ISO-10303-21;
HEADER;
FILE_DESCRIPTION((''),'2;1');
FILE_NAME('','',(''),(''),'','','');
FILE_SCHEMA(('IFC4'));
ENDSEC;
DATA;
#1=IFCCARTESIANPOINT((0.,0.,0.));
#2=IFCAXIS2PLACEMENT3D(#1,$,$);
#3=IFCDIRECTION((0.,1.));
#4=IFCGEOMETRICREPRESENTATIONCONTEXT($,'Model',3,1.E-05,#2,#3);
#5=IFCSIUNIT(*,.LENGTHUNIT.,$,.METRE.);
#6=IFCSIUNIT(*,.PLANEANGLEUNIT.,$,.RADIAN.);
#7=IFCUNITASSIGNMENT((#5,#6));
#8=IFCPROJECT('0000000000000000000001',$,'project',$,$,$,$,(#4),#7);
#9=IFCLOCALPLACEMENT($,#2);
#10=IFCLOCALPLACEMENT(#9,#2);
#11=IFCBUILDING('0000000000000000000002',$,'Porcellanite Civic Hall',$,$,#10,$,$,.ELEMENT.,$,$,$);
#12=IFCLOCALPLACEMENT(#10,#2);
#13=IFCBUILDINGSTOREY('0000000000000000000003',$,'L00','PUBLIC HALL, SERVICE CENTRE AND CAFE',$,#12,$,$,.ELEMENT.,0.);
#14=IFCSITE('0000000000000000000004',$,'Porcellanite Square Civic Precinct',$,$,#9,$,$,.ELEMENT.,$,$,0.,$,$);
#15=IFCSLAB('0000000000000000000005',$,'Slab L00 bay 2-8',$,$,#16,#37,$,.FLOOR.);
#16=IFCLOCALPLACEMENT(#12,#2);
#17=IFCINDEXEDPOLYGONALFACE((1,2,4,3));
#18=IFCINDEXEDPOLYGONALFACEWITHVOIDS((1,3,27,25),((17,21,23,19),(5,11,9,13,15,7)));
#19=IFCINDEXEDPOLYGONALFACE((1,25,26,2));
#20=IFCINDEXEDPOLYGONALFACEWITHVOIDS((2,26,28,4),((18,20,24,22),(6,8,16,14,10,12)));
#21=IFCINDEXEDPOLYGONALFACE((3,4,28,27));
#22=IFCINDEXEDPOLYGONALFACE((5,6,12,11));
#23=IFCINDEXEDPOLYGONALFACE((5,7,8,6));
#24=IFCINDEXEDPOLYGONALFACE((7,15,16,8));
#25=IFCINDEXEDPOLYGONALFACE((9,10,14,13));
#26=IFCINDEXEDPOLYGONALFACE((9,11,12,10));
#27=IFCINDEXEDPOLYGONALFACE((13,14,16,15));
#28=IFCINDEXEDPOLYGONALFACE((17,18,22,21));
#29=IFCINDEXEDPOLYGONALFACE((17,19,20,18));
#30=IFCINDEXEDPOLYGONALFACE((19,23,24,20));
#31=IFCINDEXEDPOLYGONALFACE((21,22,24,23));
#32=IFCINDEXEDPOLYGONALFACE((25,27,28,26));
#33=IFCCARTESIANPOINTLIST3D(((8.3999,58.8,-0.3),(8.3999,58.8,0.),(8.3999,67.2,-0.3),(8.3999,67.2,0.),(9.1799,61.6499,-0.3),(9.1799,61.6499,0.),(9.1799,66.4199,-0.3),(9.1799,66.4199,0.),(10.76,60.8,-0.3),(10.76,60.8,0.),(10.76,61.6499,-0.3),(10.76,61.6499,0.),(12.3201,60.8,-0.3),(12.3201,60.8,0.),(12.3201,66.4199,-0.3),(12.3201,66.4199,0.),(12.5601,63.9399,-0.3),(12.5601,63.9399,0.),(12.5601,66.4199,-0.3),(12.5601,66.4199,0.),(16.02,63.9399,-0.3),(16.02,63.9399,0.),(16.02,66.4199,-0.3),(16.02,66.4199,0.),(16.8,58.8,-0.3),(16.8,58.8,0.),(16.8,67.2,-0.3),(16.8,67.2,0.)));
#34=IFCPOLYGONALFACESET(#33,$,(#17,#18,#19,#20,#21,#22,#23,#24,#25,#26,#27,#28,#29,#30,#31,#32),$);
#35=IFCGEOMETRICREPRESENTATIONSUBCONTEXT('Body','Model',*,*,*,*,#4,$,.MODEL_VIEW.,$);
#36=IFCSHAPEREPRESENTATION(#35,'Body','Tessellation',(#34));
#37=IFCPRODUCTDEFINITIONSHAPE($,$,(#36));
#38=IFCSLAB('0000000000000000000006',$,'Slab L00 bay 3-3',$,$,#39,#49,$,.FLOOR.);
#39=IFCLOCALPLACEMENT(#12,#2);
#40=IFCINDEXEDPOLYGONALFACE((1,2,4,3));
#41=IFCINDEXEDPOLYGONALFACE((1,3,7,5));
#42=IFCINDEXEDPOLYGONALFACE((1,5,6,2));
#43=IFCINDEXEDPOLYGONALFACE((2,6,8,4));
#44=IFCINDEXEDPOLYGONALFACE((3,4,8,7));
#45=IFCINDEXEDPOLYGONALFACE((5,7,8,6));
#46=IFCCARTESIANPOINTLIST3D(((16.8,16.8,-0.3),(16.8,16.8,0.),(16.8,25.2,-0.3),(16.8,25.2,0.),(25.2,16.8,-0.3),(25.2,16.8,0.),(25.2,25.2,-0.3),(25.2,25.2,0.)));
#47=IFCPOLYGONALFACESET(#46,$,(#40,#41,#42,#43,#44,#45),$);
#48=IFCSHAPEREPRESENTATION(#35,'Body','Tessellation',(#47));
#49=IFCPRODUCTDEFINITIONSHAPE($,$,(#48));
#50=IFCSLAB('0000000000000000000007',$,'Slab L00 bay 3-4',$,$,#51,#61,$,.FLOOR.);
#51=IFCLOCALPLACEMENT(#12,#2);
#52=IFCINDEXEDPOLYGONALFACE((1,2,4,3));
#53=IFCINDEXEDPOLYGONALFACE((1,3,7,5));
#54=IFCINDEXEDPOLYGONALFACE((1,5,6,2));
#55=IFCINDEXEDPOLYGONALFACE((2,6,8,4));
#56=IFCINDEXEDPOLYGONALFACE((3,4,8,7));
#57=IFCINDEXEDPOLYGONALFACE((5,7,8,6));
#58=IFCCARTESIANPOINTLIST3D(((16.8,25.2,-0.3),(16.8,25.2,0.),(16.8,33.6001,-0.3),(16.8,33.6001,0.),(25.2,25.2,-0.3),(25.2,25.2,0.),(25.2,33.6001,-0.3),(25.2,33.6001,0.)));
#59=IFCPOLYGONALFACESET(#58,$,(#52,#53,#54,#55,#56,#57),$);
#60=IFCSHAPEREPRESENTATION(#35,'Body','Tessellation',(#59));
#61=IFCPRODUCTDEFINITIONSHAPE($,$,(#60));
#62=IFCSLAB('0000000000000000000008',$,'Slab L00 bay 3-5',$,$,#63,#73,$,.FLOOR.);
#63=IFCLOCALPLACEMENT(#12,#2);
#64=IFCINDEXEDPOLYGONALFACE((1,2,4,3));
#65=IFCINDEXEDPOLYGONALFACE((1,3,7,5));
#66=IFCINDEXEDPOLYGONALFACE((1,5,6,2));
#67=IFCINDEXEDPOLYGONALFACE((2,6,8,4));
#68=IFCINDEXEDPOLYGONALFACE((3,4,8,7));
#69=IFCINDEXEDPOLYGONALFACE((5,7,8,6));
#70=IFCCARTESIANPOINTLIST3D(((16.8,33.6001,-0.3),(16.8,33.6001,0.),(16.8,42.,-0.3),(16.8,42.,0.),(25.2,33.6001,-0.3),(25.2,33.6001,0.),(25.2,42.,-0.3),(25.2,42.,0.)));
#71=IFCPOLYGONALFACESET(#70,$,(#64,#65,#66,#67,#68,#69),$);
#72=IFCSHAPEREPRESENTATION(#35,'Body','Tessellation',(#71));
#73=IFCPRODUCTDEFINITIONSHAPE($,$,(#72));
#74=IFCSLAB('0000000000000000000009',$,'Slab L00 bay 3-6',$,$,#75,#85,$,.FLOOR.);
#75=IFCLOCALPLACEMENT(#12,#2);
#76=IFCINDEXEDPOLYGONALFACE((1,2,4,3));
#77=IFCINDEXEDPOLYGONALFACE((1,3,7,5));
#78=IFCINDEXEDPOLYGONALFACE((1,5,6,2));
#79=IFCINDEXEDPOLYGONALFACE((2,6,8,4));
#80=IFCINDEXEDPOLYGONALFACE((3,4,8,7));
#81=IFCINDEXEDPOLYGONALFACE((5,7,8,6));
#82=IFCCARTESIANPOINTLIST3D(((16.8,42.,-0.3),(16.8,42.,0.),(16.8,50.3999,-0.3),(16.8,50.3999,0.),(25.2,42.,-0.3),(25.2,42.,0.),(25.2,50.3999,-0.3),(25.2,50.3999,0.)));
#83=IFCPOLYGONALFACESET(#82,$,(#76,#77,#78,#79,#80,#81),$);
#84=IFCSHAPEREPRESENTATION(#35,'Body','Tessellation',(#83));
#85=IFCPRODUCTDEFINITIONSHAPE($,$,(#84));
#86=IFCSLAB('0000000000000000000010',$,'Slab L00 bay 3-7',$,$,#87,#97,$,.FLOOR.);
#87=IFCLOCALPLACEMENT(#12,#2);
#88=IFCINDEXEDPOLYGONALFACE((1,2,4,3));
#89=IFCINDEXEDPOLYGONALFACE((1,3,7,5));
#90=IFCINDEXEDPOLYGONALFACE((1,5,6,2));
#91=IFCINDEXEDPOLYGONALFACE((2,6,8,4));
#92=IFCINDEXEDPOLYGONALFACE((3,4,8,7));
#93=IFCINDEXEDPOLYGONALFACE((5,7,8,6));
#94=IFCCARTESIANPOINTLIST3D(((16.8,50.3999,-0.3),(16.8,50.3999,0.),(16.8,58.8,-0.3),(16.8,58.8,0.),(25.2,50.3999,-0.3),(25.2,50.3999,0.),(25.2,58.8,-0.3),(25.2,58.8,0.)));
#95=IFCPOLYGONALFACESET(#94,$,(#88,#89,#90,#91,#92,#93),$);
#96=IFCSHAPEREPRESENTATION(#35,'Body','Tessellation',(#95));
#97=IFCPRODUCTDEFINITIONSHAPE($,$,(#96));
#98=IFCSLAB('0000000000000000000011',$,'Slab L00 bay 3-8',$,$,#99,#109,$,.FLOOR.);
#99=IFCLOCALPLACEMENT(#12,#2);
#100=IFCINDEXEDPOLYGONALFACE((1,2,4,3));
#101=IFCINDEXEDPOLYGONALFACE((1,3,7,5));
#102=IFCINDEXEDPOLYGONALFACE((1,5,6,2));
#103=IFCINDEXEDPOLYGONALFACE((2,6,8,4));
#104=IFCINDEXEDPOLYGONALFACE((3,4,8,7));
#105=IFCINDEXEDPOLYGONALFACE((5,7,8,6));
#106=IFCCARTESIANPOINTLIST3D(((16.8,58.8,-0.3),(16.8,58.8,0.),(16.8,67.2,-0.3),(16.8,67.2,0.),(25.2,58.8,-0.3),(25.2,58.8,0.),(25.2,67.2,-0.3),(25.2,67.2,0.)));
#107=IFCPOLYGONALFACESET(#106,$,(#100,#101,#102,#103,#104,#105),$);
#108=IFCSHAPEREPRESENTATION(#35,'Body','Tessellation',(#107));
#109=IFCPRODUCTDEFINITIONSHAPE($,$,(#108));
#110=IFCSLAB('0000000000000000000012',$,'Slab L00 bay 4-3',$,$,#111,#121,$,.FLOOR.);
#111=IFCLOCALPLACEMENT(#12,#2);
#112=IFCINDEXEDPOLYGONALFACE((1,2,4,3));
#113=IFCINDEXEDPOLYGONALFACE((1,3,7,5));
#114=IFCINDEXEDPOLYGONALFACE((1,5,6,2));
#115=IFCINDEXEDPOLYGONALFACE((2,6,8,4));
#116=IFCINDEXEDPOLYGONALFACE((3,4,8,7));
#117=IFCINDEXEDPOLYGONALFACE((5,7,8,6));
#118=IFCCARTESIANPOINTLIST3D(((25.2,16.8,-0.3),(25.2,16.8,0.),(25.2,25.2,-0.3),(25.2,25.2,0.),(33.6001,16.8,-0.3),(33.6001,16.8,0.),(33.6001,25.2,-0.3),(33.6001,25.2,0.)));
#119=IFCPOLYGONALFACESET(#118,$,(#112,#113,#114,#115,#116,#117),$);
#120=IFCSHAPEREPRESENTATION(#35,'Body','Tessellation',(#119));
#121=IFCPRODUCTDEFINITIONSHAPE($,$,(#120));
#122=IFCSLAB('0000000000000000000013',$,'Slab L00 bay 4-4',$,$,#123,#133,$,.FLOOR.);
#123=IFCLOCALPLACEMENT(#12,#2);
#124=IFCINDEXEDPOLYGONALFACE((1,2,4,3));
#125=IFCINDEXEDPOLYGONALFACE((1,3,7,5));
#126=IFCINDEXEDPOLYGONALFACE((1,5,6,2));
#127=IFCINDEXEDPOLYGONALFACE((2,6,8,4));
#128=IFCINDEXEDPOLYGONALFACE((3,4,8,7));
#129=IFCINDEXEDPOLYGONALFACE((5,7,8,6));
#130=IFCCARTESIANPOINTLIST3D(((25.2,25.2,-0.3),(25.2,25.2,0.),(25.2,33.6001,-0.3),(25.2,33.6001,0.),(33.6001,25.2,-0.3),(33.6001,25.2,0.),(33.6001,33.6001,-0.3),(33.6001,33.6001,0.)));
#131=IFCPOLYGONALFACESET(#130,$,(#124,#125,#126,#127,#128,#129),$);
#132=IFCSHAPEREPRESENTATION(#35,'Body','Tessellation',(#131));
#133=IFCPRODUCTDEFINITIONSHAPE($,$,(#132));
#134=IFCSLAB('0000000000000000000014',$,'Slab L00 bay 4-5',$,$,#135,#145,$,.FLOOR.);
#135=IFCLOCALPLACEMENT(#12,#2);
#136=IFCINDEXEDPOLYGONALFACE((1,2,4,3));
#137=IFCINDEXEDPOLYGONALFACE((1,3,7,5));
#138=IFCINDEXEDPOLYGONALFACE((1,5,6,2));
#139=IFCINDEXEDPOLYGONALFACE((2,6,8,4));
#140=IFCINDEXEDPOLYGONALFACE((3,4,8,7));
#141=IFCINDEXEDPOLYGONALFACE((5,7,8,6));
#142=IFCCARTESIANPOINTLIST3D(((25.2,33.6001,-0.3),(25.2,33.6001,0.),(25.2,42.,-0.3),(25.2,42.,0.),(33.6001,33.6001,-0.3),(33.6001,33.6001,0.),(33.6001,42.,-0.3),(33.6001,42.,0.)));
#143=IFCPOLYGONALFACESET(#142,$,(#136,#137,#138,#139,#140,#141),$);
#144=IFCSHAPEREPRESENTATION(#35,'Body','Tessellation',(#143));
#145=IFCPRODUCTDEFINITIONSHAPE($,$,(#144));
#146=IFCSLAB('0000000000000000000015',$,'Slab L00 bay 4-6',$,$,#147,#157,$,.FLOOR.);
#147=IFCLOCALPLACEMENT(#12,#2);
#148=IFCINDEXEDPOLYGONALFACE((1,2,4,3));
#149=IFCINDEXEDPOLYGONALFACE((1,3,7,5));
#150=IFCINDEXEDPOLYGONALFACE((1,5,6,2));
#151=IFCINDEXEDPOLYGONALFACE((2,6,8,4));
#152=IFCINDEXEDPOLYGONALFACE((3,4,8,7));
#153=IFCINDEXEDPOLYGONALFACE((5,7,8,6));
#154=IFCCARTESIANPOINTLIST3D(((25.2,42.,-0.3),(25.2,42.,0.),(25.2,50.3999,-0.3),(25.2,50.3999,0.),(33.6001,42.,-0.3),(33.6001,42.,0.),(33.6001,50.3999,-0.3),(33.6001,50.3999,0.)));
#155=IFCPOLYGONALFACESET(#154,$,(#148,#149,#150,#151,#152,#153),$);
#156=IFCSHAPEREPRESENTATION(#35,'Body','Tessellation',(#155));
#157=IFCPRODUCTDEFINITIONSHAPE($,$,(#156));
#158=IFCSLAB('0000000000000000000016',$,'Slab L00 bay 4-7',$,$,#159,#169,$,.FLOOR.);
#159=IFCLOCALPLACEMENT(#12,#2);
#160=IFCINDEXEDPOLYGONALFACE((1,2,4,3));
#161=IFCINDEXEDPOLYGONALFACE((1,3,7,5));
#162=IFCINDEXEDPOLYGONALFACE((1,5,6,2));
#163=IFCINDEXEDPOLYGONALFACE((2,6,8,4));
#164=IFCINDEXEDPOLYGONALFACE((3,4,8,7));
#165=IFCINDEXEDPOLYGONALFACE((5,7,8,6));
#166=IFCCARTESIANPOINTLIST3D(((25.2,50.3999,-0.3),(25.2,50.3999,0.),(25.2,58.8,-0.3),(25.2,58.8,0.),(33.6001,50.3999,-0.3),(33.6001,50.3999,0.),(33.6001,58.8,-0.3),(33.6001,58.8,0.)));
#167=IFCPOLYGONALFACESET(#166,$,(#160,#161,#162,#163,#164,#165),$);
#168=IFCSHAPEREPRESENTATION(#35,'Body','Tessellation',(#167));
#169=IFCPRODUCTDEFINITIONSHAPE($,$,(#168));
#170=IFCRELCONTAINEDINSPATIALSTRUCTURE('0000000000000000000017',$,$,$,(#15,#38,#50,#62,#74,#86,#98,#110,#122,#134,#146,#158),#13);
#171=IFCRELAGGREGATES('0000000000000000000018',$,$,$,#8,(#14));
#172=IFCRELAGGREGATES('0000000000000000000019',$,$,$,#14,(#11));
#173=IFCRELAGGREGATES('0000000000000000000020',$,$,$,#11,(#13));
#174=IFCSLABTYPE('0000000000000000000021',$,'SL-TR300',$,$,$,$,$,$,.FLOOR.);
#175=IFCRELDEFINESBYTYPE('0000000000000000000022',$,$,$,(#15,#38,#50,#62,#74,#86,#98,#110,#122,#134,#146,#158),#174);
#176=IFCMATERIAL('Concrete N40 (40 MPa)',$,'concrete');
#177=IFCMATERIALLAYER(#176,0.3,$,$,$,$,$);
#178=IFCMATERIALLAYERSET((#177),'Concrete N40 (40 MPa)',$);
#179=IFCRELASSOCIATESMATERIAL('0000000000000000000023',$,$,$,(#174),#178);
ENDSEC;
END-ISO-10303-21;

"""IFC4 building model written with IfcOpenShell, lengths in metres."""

from ifc_helpers import new_model, si_unit, direction, frame, origin, place, context, subcontext, project, spatial, polyline, outline, extrude, material, layer, layer_set, type_object, element, save


model = new_model("IFC4")

# Units and contexts
model_context = context("Model", 3, precision=1e-05, world=origin(), true_north=direction((0.0, 1.0)))
body_context = subcontext(model_context, "Body", "Model", "MODEL_VIEW")
ifc_project = project(units=[si_unit("LENGTHUNIT", "METRE"), si_unit("PLANEANGLEUNIT", "RADIAN")], contexts=[model_context])

# Site, building, storey
site_placement = place(None, origin())
site = spatial("IfcSite", under=ifc_project, at=site_placement, Name="Porcellanite Square Civic Precinct", CompositionType="ELEMENT", RefElevation=0.0)
building_placement = place(site_placement, origin())
building = spatial("IfcBuilding", under=site, at=building_placement, Name="Porcellanite Civic Hall", CompositionType="ELEMENT")
storey_placement = place(building_placement, origin())
storey = spatial("IfcBuildingStorey", under=building, at=storey_placement, Name="L00", Description="PUBLIC HALL, SERVICE CENTRE AND CAFE", CompositionType="ELEMENT", Elevation=0.0)

# Slabs
ifc_material_1 = material(Name="Concrete N40 (40 MPa)", Category="concrete")
ifc_layer_1 = layer(ifc_material_1, 0.3)
ifc_layer_set_1 = layer_set([ifc_layer_1], Name="Concrete N40 (40 MPa)")
slab_type_1 = type_object("IfcSlabType", Name="SL-TR300", PredefinedType="FLOOR", material=ifc_layer_set_1)
slab_1_placement = place(storey_placement, frame((0.0, 0.0, -0.3)))
element("IfcSlab", 1, at=slab_1_placement, inside=storey, type_object=slab_type_1, Name="Slab L00 bay 2-8", PredefinedType="FLOOR", context=body_context, shape_type="SweptSolid", body=[
    extrude(outline(polyline([(8.3999, 58.8), (16.8, 58.8), (16.8, 67.2), (8.3999, 67.2), (8.3999, 58.8)]), holes=[polyline([(9.1799, 61.6499), (10.76, 61.6499), (10.76, 60.8), (12.3201, 60.8), (12.3201, 66.4199), (9.1799, 66.4199), (9.1799, 61.6499)]), polyline([(12.5601, 63.9399), (16.02, 63.9399), (16.02, 66.4199), (12.5601, 66.4199), (12.5601, 63.9399)])]), origin(), (0.0, 0.0, 1.0), 0.3),
])
slab_2_placement = place(storey_placement, frame((0.0, 0.0, -0.3)))
element("IfcSlab", 2, at=slab_2_placement, inside=storey, type_object=slab_type_1, Name="Slab L00 bay 3-3", PredefinedType="FLOOR", context=body_context, shape_type="SweptSolid", body=[
    extrude(outline(polyline([(16.8, 16.8), (25.2, 16.8), (25.2, 25.2), (16.8, 25.2), (16.8, 16.8)])), origin(), (0.0, 0.0, 1.0), 0.3),
])
slab_3_placement = place(storey_placement, frame((0.0, 0.0, -0.3)))
element("IfcSlab", 3, at=slab_3_placement, inside=storey, type_object=slab_type_1, Name="Slab L00 bay 3-4", PredefinedType="FLOOR", context=body_context, shape_type="SweptSolid", body=[
    extrude(outline(polyline([(16.8, 25.2), (25.2, 25.2), (25.2, 33.6001), (16.8, 33.6001), (16.8, 25.2)])), origin(), (0.0, 0.0, 1.0), 0.3),
])
slab_4_placement = place(storey_placement, frame((0.0, 0.0, -0.3)))
element("IfcSlab", 4, at=slab_4_placement, inside=storey, type_object=slab_type_1, Name="Slab L00 bay 3-5", PredefinedType="FLOOR", context=body_context, shape_type="SweptSolid", body=[
    extrude(outline(polyline([(16.8, 33.6001), (25.2, 33.6001), (25.2, 42.0), (16.8, 42.0), (16.8, 33.6001)])), origin(), (0.0, 0.0, 1.0), 0.3),
])
slab_5_placement = place(storey_placement, frame((0.0, 0.0, -0.3)))
element("IfcSlab", 5, at=slab_5_placement, inside=storey, type_object=slab_type_1, Name="Slab L00 bay 3-6", PredefinedType="FLOOR", context=body_context, shape_type="SweptSolid", body=[
    extrude(outline(polyline([(16.8, 42.0), (25.2, 42.0), (25.2, 50.3999), (16.8, 50.3999), (16.8, 42.0)])), origin(), (0.0, 0.0, 1.0), 0.3),
])
slab_6_placement = place(storey_placement, frame((0.0, 0.0, -0.3)))
element("IfcSlab", 6, at=slab_6_placement, inside=storey, type_object=slab_type_1, Name="Slab L00 bay 3-7", PredefinedType="FLOOR", context=body_context, shape_type="SweptSolid", body=[
    extrude(outline(polyline([(16.8, 50.3999), (25.2, 50.3999), (25.2, 58.8), (16.8, 58.8), (16.8, 50.3999)])), origin(), (0.0, 0.0, 1.0), 0.3),
])
slab_7_placement = place(storey_placement, frame((0.0, 0.0, -0.3)))
element("IfcSlab", 7, at=slab_7_placement, inside=storey, type_object=slab_type_1, Name="Slab L00 bay 3-8", PredefinedType="FLOOR", context=body_context, shape_type="SweptSolid", body=[
    extrude(outline(polyline([(16.8, 58.8), (25.2, 58.8), (25.2, 67.2), (16.8, 67.2), (16.8, 58.8)])), origin(), (0.0, 0.0, 1.0), 0.3),
])
slab_8_placement = place(storey_placement, frame((0.0, 0.0, -0.3)))
element("IfcSlab", 8, at=slab_8_placement, inside=storey, type_object=slab_type_1, Name="Slab L00 bay 4-3", PredefinedType="FLOOR", context=body_context, shape_type="SweptSolid", body=[
    extrude(outline(polyline([(25.2, 16.8), (33.6001, 16.8), (33.6001, 25.2), (25.2, 25.2), (25.2, 16.8)])), origin(), (0.0, 0.0, 1.0), 0.3),
])
slab_9_placement = place(storey_placement, frame((0.0, 0.0, -0.3)))
element("IfcSlab", 9, at=slab_9_placement, inside=storey, type_object=slab_type_1, Name="Slab L00 bay 4-4", PredefinedType="FLOOR", context=body_context, shape_type="SweptSolid", body=[
    extrude(outline(polyline([(25.2, 25.2), (33.6001, 25.2), (33.6001, 33.6001), (25.2, 33.6001), (25.2, 25.2)])), origin(), (0.0, 0.0, 1.0), 0.3),
])
slab_10_placement = place(storey_placement, frame((0.0, 0.0, -0.3)))
element("IfcSlab", 10, at=slab_10_placement, inside=storey, type_object=slab_type_1, Name="Slab L00 bay 4-5", PredefinedType="FLOOR", context=body_context, shape_type="SweptSolid", body=[
    extrude(outline(polyline([(25.2, 33.6001), (33.6001, 33.6001), (33.6001, 42.0), (25.2, 42.0), (25.2, 33.6001)])), origin(), (0.0, 0.0, 1.0), 0.3),
])
slab_11_placement = place(storey_placement, frame((0.0, 0.0, -0.3)))
element("IfcSlab", 11, at=slab_11_placement, inside=storey, type_object=slab_type_1, Name="Slab L00 bay 4-6", PredefinedType="FLOOR", context=body_context, shape_type="SweptSolid", body=[
    extrude(outline(polyline([(25.2, 42.0), (33.6001, 42.0), (33.6001, 50.3999), (25.2, 50.3999), (25.2, 42.0)])), origin(), (0.0, 0.0, 1.0), 0.3),
])
slab_12_placement = place(storey_placement, frame((0.0, 0.0, -0.3)))
element("IfcSlab", 12, at=slab_12_placement, inside=storey, type_object=slab_type_1, Name="Slab L00 bay 4-7", PredefinedType="FLOOR", context=body_context, shape_type="SweptSolid", body=[
    extrude(outline(polyline([(25.2, 50.3999), (33.6001, 50.3999), (33.6001, 58.8), (25.2, 58.8), (25.2, 50.3999)])), origin(), (0.0, 0.0, 1.0), 0.3),
])

save(model, "model.ifc")
